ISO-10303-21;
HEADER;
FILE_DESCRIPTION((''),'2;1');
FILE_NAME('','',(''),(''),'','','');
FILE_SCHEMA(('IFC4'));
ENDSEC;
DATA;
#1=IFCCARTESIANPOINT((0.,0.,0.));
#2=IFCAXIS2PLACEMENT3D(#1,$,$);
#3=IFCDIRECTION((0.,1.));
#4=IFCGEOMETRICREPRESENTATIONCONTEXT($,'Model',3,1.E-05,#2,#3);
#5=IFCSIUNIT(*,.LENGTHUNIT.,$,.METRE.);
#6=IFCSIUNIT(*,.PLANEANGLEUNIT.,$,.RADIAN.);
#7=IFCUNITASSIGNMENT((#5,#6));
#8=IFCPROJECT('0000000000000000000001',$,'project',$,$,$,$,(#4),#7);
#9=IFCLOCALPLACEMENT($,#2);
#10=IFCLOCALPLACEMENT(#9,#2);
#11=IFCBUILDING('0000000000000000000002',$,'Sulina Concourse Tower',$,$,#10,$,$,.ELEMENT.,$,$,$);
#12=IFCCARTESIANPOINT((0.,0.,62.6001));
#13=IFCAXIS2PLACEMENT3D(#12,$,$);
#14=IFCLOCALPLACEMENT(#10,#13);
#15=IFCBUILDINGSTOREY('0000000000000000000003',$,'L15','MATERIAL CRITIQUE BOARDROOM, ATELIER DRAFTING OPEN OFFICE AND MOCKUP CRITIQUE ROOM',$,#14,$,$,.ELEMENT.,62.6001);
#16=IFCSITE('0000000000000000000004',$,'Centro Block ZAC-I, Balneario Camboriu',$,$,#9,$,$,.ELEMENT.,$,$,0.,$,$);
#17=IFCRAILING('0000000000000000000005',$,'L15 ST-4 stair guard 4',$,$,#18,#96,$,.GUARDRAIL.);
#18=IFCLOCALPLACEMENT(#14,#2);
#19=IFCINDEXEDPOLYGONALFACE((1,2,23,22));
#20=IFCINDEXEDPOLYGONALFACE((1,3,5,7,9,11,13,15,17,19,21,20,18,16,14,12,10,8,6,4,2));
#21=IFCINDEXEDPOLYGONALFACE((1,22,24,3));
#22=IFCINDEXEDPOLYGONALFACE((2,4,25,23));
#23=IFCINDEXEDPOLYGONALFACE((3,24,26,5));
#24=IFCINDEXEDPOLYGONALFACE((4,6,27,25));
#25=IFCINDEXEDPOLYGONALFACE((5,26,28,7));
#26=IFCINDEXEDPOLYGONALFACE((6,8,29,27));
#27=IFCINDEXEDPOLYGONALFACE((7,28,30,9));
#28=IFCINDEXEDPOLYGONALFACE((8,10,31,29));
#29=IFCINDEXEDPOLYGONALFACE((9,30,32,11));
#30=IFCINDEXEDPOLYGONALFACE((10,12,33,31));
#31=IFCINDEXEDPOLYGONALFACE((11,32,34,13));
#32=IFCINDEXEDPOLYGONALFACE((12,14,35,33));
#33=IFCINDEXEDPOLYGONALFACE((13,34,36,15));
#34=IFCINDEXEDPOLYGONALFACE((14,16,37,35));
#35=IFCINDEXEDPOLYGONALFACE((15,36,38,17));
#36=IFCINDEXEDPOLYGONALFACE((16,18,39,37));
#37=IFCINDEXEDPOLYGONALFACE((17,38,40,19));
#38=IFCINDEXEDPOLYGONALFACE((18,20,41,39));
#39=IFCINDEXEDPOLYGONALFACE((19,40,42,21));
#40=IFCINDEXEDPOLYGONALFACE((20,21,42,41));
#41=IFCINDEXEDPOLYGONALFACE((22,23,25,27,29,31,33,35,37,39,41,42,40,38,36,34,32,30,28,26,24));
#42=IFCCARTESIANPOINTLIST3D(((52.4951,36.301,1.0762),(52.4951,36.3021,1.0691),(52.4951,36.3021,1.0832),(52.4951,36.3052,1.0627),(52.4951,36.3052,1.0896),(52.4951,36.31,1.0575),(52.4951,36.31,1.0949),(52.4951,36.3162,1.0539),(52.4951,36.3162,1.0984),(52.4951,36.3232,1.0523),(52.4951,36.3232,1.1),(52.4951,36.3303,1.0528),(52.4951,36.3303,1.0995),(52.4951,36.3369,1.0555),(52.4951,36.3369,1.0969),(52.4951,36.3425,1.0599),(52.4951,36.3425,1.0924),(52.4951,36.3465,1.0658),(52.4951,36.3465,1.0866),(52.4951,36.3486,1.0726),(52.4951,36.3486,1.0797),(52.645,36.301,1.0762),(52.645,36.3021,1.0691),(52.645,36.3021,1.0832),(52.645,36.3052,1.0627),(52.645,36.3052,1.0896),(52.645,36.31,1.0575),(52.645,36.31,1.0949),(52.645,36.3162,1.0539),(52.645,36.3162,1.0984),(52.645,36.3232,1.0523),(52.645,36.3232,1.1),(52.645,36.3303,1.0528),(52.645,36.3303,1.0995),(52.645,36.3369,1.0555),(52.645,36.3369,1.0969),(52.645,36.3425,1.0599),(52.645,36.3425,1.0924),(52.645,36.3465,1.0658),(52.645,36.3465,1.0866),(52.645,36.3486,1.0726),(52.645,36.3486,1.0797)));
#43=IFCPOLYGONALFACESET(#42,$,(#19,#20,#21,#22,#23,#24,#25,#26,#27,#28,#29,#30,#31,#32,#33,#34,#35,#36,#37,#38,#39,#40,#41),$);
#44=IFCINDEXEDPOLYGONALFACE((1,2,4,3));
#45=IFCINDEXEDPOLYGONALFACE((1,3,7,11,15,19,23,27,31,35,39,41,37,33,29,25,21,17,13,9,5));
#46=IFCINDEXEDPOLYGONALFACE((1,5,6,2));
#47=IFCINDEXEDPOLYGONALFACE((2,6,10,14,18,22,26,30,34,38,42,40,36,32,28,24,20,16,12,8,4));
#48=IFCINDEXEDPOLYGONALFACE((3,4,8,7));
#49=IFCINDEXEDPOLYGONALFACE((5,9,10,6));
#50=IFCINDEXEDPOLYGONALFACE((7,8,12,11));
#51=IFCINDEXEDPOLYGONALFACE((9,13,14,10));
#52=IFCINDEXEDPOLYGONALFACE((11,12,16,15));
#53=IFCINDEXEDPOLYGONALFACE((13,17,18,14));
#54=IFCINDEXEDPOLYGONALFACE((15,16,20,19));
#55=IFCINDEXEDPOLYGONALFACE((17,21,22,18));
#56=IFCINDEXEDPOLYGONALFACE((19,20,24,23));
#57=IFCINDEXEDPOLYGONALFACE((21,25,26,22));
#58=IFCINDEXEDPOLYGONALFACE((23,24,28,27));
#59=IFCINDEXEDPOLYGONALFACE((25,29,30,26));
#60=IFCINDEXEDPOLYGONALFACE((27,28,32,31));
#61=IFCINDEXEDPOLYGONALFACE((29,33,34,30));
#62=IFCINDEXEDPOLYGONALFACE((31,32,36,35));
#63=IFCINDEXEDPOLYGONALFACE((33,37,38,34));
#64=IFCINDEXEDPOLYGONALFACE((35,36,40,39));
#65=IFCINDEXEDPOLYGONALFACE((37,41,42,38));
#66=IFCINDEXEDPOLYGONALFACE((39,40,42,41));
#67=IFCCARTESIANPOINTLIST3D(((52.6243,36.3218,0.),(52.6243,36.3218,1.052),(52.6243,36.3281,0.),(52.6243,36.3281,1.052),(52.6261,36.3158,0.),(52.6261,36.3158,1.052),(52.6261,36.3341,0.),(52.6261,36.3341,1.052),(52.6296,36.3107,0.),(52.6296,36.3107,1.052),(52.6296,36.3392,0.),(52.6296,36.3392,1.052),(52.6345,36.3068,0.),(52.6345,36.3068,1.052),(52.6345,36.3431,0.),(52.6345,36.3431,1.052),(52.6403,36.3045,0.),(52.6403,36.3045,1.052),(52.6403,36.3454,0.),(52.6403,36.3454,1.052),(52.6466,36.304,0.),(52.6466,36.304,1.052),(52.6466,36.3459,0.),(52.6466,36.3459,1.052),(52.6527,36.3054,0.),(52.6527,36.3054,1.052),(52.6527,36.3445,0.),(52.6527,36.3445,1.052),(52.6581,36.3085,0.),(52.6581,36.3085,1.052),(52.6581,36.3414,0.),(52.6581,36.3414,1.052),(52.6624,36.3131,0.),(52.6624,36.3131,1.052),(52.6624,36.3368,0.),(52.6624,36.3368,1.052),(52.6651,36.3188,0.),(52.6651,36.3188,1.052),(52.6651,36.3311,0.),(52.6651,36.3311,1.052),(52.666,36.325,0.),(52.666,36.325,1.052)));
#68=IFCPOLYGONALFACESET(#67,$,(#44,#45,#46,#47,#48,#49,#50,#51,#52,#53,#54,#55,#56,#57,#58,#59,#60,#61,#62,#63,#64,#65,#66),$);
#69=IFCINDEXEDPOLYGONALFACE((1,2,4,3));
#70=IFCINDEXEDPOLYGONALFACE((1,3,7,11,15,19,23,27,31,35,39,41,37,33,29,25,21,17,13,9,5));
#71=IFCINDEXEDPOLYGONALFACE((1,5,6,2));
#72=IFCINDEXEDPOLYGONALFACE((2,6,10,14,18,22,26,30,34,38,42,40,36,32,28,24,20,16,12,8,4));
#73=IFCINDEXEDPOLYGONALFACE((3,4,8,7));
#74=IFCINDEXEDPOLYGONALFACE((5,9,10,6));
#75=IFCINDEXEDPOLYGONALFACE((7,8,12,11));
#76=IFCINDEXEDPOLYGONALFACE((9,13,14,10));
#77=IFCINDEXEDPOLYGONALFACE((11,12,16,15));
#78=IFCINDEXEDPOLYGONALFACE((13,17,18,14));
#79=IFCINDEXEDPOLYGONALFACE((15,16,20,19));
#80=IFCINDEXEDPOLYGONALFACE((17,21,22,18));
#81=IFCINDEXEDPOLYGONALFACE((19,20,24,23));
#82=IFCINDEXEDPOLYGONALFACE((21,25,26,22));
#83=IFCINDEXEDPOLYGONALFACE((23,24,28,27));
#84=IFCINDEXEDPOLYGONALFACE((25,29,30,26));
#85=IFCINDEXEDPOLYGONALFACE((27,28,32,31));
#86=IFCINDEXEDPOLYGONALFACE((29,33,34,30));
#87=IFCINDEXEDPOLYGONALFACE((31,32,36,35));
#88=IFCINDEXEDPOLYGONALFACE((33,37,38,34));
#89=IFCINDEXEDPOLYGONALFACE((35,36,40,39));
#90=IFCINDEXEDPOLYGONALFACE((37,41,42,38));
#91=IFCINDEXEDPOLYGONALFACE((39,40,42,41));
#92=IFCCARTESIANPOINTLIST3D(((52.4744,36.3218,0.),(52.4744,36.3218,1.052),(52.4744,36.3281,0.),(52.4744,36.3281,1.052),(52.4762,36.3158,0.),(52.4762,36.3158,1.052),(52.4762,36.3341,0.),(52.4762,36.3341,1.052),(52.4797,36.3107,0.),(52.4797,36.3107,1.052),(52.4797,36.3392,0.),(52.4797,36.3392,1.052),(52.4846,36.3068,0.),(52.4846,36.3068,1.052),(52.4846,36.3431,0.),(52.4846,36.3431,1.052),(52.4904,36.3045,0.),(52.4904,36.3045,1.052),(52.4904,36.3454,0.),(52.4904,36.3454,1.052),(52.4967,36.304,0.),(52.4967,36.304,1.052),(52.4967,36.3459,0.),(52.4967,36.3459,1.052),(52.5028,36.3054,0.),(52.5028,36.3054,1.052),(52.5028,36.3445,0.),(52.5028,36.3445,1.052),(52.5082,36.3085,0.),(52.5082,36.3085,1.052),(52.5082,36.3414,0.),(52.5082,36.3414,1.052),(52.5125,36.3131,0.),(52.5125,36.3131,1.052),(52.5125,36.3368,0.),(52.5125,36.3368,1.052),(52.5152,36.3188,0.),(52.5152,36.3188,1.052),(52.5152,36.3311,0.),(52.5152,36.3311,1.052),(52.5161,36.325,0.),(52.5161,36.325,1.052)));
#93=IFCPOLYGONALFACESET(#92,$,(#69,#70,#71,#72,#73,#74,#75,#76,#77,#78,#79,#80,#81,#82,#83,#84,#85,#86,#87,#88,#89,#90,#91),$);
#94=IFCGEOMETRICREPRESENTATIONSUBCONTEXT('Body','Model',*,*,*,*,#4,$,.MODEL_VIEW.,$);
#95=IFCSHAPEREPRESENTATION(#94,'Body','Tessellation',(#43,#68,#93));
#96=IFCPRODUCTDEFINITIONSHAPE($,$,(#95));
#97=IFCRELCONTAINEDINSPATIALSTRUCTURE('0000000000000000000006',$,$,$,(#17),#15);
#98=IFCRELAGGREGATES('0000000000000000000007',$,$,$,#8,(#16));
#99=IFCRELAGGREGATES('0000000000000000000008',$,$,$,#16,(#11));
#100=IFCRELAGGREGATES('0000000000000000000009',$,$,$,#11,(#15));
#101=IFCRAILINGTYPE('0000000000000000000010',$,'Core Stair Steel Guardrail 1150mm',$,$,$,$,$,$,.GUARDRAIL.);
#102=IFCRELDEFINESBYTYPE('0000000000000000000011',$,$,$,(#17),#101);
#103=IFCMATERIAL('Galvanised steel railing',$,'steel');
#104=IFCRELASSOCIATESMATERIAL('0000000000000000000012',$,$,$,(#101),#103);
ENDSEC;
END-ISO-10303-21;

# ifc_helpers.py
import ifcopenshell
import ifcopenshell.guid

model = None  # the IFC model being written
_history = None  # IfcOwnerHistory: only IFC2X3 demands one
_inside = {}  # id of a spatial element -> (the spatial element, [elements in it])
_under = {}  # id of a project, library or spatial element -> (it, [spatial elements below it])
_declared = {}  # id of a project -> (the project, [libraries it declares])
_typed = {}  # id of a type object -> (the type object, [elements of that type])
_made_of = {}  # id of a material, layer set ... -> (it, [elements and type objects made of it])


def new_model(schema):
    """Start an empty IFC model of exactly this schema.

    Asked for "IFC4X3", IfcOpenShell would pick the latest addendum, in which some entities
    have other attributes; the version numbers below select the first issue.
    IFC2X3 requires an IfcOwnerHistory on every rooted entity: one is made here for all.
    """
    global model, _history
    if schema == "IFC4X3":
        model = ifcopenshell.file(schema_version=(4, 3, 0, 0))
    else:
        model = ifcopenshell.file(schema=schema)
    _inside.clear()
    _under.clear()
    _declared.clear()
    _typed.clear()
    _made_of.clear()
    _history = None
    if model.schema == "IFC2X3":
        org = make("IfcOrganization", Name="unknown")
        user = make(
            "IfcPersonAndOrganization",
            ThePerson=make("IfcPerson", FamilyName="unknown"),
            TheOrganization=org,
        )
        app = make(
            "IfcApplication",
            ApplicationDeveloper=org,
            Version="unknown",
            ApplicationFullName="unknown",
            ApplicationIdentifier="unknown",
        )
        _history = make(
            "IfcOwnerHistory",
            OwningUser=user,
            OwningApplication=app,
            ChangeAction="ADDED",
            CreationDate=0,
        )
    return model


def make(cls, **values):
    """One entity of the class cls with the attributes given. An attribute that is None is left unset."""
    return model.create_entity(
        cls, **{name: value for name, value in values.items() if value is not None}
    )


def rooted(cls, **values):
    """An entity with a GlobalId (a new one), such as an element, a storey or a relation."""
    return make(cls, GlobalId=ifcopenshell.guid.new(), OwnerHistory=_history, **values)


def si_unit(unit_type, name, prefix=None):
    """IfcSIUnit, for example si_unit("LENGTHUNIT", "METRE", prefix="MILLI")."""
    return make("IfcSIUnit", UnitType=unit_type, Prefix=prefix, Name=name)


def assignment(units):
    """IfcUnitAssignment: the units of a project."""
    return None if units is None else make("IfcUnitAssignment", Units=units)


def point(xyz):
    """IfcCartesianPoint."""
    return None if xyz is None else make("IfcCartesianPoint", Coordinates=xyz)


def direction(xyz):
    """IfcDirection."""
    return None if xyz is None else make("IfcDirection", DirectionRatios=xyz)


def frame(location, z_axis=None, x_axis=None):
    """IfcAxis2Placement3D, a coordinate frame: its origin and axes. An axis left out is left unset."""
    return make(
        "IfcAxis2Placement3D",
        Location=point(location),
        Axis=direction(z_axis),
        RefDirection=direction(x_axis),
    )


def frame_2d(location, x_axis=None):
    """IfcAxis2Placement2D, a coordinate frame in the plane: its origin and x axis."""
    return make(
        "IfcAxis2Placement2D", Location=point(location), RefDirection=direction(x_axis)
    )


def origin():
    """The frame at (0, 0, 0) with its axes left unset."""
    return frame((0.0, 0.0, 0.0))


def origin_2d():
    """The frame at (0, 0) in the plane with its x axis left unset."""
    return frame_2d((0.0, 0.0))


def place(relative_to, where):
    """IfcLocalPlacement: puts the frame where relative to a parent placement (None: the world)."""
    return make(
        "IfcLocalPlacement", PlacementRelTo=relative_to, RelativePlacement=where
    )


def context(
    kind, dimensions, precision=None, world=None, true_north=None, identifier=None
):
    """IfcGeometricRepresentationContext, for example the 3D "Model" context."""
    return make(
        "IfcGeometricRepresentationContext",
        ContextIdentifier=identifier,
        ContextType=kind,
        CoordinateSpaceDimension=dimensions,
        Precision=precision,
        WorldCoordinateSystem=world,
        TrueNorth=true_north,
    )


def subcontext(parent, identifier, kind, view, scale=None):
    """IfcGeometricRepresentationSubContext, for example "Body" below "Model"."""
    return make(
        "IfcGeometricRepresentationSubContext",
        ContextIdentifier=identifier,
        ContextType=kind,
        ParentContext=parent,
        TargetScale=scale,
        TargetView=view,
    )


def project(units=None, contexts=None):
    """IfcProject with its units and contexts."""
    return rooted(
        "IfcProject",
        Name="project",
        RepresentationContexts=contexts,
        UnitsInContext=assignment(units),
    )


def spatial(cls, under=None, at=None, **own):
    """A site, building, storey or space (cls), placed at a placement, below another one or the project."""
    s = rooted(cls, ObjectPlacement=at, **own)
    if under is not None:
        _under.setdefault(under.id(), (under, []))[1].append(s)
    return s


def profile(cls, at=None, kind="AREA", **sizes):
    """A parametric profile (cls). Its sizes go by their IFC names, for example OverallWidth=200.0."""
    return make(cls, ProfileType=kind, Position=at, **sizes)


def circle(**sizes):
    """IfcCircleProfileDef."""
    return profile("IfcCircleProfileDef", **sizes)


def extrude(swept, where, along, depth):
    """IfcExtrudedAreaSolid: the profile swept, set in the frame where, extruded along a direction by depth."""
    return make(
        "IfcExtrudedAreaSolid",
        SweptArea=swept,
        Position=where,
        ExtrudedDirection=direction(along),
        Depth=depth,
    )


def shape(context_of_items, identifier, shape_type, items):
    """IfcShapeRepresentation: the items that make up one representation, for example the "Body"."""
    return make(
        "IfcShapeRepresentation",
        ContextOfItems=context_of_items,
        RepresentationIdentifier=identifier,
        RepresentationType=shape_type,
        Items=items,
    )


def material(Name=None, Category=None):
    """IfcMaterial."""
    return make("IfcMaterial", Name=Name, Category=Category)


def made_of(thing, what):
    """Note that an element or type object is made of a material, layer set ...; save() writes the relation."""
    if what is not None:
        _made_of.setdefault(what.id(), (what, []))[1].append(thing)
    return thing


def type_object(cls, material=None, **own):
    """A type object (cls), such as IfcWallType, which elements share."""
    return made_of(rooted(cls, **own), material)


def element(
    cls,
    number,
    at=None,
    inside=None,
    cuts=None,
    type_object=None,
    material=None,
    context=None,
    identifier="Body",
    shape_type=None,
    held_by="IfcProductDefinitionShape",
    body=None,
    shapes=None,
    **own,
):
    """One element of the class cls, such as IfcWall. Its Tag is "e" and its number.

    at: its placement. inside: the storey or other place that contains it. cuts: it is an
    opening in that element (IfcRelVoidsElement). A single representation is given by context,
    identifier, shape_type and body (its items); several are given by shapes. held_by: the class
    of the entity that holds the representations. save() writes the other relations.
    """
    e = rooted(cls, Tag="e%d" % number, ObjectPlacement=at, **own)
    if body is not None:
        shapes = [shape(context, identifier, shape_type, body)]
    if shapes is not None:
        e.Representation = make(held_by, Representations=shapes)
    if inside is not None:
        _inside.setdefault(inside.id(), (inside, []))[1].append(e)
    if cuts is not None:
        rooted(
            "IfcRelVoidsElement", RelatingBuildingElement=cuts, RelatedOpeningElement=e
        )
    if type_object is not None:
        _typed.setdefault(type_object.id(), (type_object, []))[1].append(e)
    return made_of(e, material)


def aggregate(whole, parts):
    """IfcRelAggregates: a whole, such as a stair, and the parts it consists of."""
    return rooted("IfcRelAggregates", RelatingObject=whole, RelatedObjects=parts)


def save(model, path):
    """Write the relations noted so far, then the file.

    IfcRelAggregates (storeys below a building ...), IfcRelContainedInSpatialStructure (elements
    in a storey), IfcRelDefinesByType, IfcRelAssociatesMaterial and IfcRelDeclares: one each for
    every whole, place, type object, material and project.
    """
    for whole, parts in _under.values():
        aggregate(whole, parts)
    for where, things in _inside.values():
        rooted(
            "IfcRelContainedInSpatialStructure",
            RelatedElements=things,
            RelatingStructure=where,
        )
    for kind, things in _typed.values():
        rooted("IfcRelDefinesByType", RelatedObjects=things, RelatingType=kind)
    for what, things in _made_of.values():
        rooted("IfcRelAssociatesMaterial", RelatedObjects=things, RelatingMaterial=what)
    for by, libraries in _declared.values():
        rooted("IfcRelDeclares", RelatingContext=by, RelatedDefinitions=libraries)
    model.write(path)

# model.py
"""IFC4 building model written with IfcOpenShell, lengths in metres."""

from ifc_helpers import new_model, si_unit, direction, frame, origin, origin_2d, place, context, subcontext, project, spatial, circle, extrude, material, type_object, element, save


model = new_model("IFC4")

# Units and contexts
model_context = context("Model", 3, precision=1e-05, world=origin(), true_north=direction((0.0, 1.0)))
body_context = subcontext(model_context, "Body", "Model", "MODEL_VIEW")
ifc_project = project(units=[si_unit("LENGTHUNIT", "METRE"), si_unit("PLANEANGLEUNIT", "RADIAN")], contexts=[model_context])

# Site, building, storey
site_placement = place(None, origin())
site = spatial("IfcSite", under=ifc_project, at=site_placement, Name="Centro Block ZAC-I, Balneario Camboriu", CompositionType="ELEMENT", RefElevation=0.0)
building_placement = place(site_placement, origin())
building = spatial("IfcBuilding", under=site, at=building_placement, Name="Sulina Concourse Tower", CompositionType="ELEMENT")
storey_placement = place(building_placement, frame((0.0, 0.0, 62.6001)))
storey = spatial("IfcBuildingStorey", under=building, at=storey_placement, Name="L15", Description="MATERIAL CRITIQUE BOARDROOM, ATELIER DRAFTING OPEN OFFICE AND MOCKUP CRITIQUE ROOM", CompositionType="ELEMENT", Elevation=62.6001)

# Railing
ifc_material_1 = material(Name="Galvanised steel railing", Category="steel")
railing_type_1 = type_object("IfcRailingType", Name="Core Stair Steel Guardrail 1150mm", PredefinedType="GUARDRAIL", material=ifc_material_1)
railing_1_placement = place(storey_placement, frame((52.645, 36.325, 0.0)))
element("IfcRailing", 1, at=railing_1_placement, inside=storey, type_object=railing_type_1, Name="L15 ST-4 stair guard 4", PredefinedType="GUARDRAIL", context=body_context, shape_type="SweptSolid", body=[
    extrude(circle(Radius=0.0239, at=origin_2d()), frame((0.0, 0.0, 1.0762), z_axis=(-1.0, 0.0, 0.0), x_axis=(0.0, -1.0, 0.0)), (0.0, 0.0, 1.0), 0.1499),
    extrude(circle(Radius=0.021, at=origin_2d()), origin(), (0.0, 0.0, 1.0), 1.052),
    extrude(circle(Radius=0.021, at=origin_2d()), frame((-0.1499, 0.0, 0.0)), (0.0, 0.0, 1.0), 1.052),
])

save(model, "model.ifc")
